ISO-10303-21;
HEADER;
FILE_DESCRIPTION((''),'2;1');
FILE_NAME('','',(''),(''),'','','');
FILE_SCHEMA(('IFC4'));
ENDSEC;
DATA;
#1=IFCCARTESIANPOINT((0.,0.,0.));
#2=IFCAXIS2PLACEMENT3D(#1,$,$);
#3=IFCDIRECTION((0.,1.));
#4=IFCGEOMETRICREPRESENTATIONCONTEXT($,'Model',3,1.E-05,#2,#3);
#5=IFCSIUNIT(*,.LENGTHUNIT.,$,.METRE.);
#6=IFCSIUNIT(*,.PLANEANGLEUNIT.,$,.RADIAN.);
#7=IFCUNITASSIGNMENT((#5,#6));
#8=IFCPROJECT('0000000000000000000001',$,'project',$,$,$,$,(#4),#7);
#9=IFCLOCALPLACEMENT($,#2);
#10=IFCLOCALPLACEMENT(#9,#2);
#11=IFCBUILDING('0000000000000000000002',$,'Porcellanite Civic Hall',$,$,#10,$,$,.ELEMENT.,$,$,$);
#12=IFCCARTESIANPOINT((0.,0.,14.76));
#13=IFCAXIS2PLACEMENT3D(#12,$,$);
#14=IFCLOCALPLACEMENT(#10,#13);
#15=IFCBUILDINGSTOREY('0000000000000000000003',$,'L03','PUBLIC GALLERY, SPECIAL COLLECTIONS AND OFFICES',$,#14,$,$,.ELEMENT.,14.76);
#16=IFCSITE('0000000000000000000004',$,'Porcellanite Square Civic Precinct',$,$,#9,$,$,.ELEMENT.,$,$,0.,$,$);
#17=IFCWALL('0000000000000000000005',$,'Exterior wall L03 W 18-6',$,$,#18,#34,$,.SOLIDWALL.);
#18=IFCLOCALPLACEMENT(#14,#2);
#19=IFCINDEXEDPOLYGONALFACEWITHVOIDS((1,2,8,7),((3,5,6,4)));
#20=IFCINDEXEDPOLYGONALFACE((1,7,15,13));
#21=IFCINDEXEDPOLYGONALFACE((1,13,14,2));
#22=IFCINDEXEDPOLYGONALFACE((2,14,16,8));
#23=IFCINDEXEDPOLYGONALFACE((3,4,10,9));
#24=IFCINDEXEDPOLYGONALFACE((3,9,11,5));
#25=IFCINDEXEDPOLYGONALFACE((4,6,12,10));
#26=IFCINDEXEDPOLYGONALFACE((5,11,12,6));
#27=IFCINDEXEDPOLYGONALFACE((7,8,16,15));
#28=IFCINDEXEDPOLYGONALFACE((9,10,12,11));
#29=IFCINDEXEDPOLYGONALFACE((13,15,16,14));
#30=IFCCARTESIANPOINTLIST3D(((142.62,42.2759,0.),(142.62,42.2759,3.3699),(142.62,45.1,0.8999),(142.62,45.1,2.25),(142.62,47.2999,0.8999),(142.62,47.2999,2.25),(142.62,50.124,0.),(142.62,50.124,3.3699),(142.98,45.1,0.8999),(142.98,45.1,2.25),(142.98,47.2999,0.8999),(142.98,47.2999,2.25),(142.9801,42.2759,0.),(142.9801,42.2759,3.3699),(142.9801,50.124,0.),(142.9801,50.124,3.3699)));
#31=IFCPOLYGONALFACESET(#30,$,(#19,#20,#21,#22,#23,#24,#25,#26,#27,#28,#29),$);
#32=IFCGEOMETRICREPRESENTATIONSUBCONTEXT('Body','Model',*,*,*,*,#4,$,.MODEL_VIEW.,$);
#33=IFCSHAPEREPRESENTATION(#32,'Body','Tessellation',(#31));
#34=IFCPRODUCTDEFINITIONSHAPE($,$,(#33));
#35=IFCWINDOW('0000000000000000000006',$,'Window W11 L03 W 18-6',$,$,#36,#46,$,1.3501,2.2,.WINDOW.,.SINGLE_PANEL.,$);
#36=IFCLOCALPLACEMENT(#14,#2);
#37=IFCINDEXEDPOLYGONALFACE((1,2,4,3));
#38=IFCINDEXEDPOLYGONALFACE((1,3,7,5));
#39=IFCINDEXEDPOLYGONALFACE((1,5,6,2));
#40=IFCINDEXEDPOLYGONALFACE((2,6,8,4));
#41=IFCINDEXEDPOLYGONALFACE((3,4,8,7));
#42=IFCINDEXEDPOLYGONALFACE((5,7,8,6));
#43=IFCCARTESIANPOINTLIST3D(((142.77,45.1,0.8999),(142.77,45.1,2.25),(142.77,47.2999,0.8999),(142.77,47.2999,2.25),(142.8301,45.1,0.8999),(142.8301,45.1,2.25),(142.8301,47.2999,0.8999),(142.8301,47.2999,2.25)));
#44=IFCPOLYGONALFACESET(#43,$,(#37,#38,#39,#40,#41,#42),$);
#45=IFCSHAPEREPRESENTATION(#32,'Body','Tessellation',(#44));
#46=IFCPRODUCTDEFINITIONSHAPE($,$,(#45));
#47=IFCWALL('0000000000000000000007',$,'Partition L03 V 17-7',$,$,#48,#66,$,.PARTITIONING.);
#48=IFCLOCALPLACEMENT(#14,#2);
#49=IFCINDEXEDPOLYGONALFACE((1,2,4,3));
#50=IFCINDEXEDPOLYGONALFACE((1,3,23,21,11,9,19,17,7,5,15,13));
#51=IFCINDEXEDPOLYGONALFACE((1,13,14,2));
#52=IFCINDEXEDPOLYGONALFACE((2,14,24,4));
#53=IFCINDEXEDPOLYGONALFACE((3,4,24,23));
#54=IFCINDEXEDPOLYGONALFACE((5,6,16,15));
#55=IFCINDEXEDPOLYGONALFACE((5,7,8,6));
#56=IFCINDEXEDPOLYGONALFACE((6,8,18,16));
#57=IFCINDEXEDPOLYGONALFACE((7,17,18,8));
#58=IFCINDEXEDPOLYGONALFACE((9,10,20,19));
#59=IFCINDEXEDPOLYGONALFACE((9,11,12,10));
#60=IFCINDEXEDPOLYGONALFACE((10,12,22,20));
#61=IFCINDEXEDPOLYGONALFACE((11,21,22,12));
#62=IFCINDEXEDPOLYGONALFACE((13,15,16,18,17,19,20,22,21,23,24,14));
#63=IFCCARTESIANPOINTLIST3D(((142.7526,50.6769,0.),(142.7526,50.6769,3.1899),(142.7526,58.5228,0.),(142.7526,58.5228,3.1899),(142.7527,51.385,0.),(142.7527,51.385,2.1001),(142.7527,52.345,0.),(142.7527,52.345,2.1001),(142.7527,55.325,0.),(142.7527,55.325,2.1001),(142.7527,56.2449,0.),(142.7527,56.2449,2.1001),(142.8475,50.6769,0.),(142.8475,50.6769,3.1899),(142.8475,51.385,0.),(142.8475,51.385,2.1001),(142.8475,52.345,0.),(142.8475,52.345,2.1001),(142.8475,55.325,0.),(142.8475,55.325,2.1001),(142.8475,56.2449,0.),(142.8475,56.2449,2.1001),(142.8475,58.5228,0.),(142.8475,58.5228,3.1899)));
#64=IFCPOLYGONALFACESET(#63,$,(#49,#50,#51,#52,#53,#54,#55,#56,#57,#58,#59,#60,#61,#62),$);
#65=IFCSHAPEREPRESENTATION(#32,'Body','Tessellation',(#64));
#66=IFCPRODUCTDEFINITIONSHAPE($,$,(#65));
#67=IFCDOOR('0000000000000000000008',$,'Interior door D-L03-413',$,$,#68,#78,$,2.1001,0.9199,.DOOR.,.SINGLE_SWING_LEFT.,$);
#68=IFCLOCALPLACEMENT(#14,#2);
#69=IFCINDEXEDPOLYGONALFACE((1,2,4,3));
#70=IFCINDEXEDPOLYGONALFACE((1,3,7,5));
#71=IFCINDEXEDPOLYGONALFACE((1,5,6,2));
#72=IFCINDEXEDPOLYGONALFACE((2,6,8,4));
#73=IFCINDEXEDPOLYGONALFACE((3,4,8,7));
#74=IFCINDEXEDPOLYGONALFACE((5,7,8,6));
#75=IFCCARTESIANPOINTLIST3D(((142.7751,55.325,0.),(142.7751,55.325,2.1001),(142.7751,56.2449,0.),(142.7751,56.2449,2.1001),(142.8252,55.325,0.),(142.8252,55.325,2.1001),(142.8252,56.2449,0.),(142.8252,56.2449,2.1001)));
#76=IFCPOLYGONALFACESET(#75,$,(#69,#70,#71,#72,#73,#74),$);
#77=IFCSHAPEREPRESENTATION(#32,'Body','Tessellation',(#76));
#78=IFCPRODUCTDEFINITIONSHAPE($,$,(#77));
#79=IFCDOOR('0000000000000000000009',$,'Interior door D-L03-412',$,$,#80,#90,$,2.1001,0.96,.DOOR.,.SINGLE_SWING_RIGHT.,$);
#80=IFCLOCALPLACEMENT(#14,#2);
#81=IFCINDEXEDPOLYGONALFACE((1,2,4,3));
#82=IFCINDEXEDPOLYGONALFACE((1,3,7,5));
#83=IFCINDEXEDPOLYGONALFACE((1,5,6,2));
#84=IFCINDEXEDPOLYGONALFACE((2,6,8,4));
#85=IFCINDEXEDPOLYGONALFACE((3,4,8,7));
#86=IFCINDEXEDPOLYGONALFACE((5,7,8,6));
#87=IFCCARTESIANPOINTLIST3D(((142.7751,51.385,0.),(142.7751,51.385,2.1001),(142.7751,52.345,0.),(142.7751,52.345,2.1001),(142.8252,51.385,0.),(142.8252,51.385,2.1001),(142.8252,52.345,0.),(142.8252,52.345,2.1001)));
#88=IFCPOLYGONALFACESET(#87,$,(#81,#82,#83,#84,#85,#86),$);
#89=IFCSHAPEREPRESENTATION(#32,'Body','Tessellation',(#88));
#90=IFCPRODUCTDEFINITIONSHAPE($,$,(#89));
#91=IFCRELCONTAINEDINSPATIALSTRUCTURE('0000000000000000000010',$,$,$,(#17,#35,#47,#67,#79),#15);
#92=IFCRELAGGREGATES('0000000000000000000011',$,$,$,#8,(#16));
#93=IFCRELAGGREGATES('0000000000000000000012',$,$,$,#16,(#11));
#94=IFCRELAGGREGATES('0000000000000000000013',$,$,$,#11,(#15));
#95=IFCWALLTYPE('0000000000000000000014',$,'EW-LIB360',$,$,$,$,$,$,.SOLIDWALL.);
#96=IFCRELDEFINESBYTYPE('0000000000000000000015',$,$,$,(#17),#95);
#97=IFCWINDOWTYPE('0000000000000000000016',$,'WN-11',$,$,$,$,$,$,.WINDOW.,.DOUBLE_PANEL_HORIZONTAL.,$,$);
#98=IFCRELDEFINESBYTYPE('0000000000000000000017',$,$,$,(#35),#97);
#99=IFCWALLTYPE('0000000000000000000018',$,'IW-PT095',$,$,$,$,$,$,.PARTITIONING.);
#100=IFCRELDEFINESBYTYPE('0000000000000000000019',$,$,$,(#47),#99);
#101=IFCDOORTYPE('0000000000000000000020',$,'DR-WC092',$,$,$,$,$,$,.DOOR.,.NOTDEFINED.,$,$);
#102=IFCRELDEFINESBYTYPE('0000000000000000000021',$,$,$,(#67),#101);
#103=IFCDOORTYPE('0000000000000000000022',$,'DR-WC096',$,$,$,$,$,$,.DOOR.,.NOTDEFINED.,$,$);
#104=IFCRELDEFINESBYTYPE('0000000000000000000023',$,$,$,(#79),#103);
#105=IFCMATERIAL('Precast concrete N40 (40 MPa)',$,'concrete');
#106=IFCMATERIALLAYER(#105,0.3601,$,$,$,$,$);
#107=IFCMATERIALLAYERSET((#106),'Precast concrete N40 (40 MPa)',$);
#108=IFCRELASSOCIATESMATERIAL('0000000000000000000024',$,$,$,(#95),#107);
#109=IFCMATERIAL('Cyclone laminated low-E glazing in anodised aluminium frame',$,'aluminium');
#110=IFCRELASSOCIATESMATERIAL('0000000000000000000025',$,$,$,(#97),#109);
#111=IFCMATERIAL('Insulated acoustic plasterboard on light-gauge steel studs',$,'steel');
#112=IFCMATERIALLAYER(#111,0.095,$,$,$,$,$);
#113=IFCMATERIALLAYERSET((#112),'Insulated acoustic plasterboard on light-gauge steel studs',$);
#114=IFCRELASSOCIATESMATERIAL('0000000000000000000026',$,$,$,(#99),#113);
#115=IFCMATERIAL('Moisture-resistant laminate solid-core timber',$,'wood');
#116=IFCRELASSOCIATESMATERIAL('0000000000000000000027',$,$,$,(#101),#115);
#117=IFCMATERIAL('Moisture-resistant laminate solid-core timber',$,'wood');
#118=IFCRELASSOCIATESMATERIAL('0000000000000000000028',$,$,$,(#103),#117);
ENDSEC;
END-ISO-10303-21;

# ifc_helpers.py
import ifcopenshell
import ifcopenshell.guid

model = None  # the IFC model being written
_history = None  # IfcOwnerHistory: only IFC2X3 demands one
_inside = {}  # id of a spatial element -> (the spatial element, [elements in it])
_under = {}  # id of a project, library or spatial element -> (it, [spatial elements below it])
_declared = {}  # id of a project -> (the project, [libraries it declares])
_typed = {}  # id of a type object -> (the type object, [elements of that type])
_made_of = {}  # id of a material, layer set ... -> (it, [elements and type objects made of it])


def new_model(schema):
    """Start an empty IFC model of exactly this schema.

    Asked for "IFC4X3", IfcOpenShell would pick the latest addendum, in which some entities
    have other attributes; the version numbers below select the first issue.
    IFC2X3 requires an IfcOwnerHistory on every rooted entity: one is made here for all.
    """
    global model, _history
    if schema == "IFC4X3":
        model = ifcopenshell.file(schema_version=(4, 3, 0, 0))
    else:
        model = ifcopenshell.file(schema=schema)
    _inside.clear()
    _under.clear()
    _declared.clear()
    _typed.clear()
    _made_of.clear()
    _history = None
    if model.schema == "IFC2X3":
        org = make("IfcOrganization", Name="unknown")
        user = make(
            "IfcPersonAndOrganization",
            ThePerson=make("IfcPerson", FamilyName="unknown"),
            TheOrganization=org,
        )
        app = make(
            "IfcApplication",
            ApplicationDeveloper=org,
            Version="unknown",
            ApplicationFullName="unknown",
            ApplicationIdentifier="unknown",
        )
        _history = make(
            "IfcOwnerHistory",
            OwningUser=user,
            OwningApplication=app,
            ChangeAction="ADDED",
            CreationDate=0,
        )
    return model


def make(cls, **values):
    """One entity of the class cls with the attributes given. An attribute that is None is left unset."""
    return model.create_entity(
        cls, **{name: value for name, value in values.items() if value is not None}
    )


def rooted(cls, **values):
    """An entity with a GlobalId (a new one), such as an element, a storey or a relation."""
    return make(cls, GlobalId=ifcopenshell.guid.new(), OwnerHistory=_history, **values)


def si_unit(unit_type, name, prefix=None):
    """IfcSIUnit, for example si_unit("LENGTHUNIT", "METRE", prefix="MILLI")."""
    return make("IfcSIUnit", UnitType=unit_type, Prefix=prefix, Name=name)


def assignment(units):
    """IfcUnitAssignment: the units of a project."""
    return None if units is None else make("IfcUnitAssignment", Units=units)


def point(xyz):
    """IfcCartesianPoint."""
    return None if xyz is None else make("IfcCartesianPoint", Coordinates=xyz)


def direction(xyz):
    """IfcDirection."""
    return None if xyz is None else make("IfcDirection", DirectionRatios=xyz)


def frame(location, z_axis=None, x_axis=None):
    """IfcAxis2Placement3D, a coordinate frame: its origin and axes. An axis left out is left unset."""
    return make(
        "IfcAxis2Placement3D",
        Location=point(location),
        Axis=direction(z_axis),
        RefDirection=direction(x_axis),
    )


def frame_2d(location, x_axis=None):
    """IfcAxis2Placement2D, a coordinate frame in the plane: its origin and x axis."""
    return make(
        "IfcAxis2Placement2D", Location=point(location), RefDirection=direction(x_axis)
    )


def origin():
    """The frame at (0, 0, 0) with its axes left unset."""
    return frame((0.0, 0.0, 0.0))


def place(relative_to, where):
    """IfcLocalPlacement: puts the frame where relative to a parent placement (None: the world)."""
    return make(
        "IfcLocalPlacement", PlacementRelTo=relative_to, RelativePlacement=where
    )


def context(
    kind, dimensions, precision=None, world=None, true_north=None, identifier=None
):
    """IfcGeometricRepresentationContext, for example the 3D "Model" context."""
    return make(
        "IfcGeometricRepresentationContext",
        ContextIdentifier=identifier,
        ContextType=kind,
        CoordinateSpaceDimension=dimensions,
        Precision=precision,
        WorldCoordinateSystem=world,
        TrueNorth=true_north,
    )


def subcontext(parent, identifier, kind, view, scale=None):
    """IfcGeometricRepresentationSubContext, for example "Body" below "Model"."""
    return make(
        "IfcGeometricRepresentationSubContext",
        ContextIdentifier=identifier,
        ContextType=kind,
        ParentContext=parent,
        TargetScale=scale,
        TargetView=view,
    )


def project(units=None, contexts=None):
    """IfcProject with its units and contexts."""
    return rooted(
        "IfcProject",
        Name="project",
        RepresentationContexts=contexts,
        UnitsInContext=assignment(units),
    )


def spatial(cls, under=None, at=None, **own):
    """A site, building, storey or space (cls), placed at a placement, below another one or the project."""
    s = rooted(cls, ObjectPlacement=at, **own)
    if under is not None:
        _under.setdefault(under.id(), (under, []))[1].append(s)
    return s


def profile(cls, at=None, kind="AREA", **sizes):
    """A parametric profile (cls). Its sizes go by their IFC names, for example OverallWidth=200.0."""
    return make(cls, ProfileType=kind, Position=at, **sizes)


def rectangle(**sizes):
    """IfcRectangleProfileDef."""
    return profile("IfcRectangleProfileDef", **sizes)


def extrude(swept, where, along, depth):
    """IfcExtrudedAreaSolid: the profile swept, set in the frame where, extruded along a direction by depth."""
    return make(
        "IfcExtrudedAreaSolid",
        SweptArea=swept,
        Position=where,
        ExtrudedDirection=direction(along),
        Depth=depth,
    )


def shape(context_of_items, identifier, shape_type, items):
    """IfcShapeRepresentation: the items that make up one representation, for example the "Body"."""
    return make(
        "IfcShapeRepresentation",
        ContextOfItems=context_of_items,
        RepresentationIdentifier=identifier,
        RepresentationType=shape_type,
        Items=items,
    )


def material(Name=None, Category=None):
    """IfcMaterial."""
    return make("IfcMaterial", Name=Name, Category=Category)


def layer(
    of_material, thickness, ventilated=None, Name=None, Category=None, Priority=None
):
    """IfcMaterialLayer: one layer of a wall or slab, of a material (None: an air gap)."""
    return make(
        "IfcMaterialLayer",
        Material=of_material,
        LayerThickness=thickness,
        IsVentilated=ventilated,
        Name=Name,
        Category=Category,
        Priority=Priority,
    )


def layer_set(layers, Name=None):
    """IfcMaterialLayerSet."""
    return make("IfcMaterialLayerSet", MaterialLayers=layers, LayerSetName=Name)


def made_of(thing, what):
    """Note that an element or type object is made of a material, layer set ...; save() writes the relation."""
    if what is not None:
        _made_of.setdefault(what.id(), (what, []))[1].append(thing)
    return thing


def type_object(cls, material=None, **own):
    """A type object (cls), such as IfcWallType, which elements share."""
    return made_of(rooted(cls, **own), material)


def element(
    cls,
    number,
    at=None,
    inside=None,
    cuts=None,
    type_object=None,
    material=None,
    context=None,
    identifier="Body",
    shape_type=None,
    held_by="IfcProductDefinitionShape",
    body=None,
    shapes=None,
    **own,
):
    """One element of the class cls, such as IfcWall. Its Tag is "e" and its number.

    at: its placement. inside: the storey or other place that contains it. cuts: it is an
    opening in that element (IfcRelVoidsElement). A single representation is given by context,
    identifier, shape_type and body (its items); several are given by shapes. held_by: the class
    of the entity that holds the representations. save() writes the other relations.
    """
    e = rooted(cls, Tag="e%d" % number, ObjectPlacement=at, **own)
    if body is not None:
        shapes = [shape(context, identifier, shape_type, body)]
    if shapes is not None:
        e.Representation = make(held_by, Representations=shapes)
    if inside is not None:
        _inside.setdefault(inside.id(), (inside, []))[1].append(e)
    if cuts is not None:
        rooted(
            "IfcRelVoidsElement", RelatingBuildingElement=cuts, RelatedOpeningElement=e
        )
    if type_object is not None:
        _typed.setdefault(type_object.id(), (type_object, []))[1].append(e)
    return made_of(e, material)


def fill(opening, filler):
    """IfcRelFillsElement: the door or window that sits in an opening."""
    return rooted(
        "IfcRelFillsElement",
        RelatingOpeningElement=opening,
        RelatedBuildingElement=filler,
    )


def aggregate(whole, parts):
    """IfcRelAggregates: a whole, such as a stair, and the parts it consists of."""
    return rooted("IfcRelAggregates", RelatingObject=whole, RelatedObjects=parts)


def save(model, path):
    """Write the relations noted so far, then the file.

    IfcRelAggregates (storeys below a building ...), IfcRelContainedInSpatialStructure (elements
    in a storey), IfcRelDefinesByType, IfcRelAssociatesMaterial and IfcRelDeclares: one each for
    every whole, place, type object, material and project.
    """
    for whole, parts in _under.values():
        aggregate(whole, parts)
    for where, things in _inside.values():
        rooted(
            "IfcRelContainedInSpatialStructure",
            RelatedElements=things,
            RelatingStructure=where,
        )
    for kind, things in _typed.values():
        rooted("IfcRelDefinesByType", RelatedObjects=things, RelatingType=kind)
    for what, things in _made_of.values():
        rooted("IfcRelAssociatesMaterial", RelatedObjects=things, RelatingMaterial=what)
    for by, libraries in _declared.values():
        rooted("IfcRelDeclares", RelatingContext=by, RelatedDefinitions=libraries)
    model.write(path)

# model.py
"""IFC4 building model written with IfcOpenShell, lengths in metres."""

from ifc_helpers import new_model, si_unit, direction, frame, frame_2d, origin, place, context, subcontext, project, spatial, rectangle, extrude, material, layer, layer_set, type_object, element, fill, save


model = new_model("IFC4")

# Units and contexts
model_context = context("Model", 3, precision=1e-05, world=origin(), true_north=direction((0.0, 1.0)))
body_context = subcontext(model_context, "Body", "Model", "MODEL_VIEW")
ifc_project = project(units=[si_unit("LENGTHUNIT", "METRE"), si_unit("PLANEANGLEUNIT", "RADIAN")], contexts=[model_context])

# Site, building, storey
site_placement = place(None, origin())
site = spatial("IfcSite", under=ifc_project, at=site_placement, Name="Porcellanite Square Civic Precinct", CompositionType="ELEMENT", RefElevation=0.0)
building_placement = place(site_placement, origin())
building = spatial("IfcBuilding", under=site, at=building_placement, Name="Porcellanite Civic Hall", CompositionType="ELEMENT")
storey_placement = place(building_placement, frame((0.0, 0.0, 14.76)))
storey = spatial("IfcBuildingStorey", under=building, at=storey_placement, Name="L03", Description="PUBLIC GALLERY, SPECIAL COLLECTIONS AND OFFICES", CompositionType="ELEMENT", Elevation=14.76)

# Wall, opening, window
ifc_material_1 = material(Name="Precast concrete N40 (40 MPa)", Category="concrete")
ifc_layer_1 = layer(ifc_material_1, 0.3601)
ifc_layer_set_1 = layer_set([ifc_layer_1], Name="Precast concrete N40 (40 MPa)")
wall_type_1 = type_object("IfcWallType", Name="EW-LIB360", PredefinedType="SOLIDWALL", material=ifc_layer_set_1)
wall_1_placement = place(storey_placement, frame((142.8, 42.2759, 0.0), z_axis=(0.0, 0.0, 1.0), x_axis=(0.0, 1.0, 0.0)))
wall_1 = element("IfcWall", 1, at=wall_1_placement, inside=storey, type_object=wall_type_1, Name="Exterior wall L03 W 18-6", PredefinedType="SOLIDWALL", context=body_context, shape_type="SweptSolid", body=[
    extrude(rectangle(XDim=7.8481, YDim=0.3601, at=frame_2d((3.9241, 0.0))), origin(), (0.0, 0.0, 1.0), 3.3699),
])
opening_1_placement = place(wall_1_placement, frame((2.824, 0.0, 0.8999)))
opening_1 = element("IfcOpeningElement", 2, at=opening_1_placement, cuts=wall_1, PredefinedType="OPENING", context=body_context, shape_type="SweptSolid", body=[
    extrude(rectangle(XDim=2.2, YDim=1.3501, at=frame_2d((1.1001, 0.675))), frame((0.0, 0.1802, 0.0), z_axis=(0.0, -1.0, 0.0), x_axis=(1.0, 0.0, 0.0)), (0.0, 0.0, 1.0), 0.3601),
])
ifc_material_2 = material(Name="Cyclone laminated low-E glazing in anodised aluminium frame", Category="aluminium")
window_type_1 = type_object("IfcWindowType", Name="WN-11", PartitioningType="DOUBLE_PANEL_HORIZONTAL", PredefinedType="WINDOW", material=ifc_material_2)
window_1_placement = place(opening_1_placement, origin())
window_1 = element("IfcWindow", 3, at=window_1_placement, inside=storey, type_object=window_type_1, Name="Window W11 L03 W 18-6", OverallHeight=1.3501, OverallWidth=2.2, PartitioningType="SINGLE_PANEL", PredefinedType="WINDOW", context=body_context, shape_type="SweptSolid", body=[
    extrude(rectangle(XDim=2.2, YDim=1.3501, at=frame_2d((1.1001, 0.675))), frame((0.0, 0.03, 0.0), z_axis=(0.0, -1.0, 0.0), x_axis=(1.0, 0.0, 0.0)), (0.0, 0.0, 1.0), 0.0601),
])
fill(opening_1, window_1)

# Wall, openings, doors
ifc_material_3 = material(Name="Insulated acoustic plasterboard on light-gauge steel studs", Category="steel")
ifc_layer_2 = layer(ifc_material_3, 0.095)
ifc_layer_set_2 = layer_set([ifc_layer_2], Name="Insulated acoustic plasterboard on light-gauge steel studs")
wall_type_2 = type_object("IfcWallType", Name="IW-PT095", PredefinedType="PARTITIONING", material=ifc_layer_set_2)
wall_2_placement = place(storey_placement, frame((142.8, 50.677, 0.0), z_axis=(0.0, 0.0, 1.0), x_axis=(0.0, 1.0, 0.0)))
wall_2 = element("IfcWall", 4, at=wall_2_placement, inside=storey, type_object=wall_type_2, Name="Partition L03 V 17-7", PredefinedType="PARTITIONING", context=body_context, shape_type="SweptSolid", body=[
    extrude(rectangle(XDim=7.8459, YDim=0.095, at=frame_2d((3.9229, 0.0))), origin(), (0.0, 0.0, 1.0), 3.1899),
])
opening_2_placement = place(wall_2_placement, frame((0.708, 0.0, 0.0)))
opening_2 = element("IfcOpeningElement", 5, at=opening_2_placement, cuts=wall_2, PredefinedType="OPENING", context=body_context, shape_type="SweptSolid", body=[
    extrude(rectangle(XDim=0.96, YDim=2.1001, at=frame_2d((0.48, 1.05))), frame((0.0, 0.0474, 0.0), z_axis=(0.0, -1.0, 0.0), x_axis=(1.0, 0.0, 0.0)), (0.0, 0.0, 1.0), 0.095),
])
opening_3_placement = place(wall_2_placement, frame((4.6479, 0.0, 0.0)))
opening_3 = element("IfcOpeningElement", 6, at=opening_3_placement, cuts=wall_2, PredefinedType="OPENING", context=body_context, shape_type="SweptSolid", body=[
    extrude(rectangle(XDim=0.9199, YDim=2.1001, at=frame_2d((0.46, 1.05))), frame((0.0, 0.0474, 0.0), z_axis=(0.0, -1.0, 0.0), x_axis=(1.0, 0.0, 0.0)), (0.0, 0.0, 1.0), 0.095),
])
ifc_material_4 = material(Name="Moisture-resistant laminate solid-core timber", Category="wood")
door_type_1 = type_object("IfcDoorType", Name="DR-WC092", OperationType="NOTDEFINED", PredefinedType="DOOR", material=ifc_material_4)
door_1_placement = place(opening_3_placement, origin())
door_1 = element("IfcDoor", 7, at=door_1_placement, inside=storey, type_object=door_type_1, Name="Interior door D-L03-413", OperationType="SINGLE_SWING_LEFT", OverallHeight=2.1001, OverallWidth=0.9199, PredefinedType="DOOR", context=body_context, shape_type="SweptSolid", body=[
    extrude(rectangle(XDim=0.9199, YDim=2.1001, at=frame_2d((0.46, 1.05))), frame((0.0, 0.0249, 0.0), z_axis=(0.0, -1.0, 0.0), x_axis=(1.0, 0.0, 0.0)), (0.0, 0.0, 1.0), 0.05),
])
fill(opening_3, door_1)
ifc_material_5 = material(Name="Moisture-resistant laminate solid-core timber", Category="wood")
door_type_2 = type_object("IfcDoorType", Name="DR-WC096", OperationType="NOTDEFINED", PredefinedType="DOOR", material=ifc_material_5)
door_2_placement = place(opening_2_placement, origin())
door_2 = element("IfcDoor", 8, at=door_2_placement, inside=storey, type_object=door_type_2, Name="Interior door D-L03-412", OperationType="SINGLE_SWING_RIGHT", OverallHeight=2.1001, OverallWidth=0.96, PredefinedType="DOOR", context=body_context, shape_type="SweptSolid", body=[
    extrude(rectangle(XDim=0.96, YDim=2.1001, at=frame_2d((0.48, 1.05))), frame((0.0, 0.0249, 0.0), z_axis=(0.0, -1.0, 0.0), x_axis=(1.0, 0.0, 0.0)), (0.0, 0.0, 1.0), 0.05),
])
fill(opening_2, door_2)

save(model, "model.ifc")
